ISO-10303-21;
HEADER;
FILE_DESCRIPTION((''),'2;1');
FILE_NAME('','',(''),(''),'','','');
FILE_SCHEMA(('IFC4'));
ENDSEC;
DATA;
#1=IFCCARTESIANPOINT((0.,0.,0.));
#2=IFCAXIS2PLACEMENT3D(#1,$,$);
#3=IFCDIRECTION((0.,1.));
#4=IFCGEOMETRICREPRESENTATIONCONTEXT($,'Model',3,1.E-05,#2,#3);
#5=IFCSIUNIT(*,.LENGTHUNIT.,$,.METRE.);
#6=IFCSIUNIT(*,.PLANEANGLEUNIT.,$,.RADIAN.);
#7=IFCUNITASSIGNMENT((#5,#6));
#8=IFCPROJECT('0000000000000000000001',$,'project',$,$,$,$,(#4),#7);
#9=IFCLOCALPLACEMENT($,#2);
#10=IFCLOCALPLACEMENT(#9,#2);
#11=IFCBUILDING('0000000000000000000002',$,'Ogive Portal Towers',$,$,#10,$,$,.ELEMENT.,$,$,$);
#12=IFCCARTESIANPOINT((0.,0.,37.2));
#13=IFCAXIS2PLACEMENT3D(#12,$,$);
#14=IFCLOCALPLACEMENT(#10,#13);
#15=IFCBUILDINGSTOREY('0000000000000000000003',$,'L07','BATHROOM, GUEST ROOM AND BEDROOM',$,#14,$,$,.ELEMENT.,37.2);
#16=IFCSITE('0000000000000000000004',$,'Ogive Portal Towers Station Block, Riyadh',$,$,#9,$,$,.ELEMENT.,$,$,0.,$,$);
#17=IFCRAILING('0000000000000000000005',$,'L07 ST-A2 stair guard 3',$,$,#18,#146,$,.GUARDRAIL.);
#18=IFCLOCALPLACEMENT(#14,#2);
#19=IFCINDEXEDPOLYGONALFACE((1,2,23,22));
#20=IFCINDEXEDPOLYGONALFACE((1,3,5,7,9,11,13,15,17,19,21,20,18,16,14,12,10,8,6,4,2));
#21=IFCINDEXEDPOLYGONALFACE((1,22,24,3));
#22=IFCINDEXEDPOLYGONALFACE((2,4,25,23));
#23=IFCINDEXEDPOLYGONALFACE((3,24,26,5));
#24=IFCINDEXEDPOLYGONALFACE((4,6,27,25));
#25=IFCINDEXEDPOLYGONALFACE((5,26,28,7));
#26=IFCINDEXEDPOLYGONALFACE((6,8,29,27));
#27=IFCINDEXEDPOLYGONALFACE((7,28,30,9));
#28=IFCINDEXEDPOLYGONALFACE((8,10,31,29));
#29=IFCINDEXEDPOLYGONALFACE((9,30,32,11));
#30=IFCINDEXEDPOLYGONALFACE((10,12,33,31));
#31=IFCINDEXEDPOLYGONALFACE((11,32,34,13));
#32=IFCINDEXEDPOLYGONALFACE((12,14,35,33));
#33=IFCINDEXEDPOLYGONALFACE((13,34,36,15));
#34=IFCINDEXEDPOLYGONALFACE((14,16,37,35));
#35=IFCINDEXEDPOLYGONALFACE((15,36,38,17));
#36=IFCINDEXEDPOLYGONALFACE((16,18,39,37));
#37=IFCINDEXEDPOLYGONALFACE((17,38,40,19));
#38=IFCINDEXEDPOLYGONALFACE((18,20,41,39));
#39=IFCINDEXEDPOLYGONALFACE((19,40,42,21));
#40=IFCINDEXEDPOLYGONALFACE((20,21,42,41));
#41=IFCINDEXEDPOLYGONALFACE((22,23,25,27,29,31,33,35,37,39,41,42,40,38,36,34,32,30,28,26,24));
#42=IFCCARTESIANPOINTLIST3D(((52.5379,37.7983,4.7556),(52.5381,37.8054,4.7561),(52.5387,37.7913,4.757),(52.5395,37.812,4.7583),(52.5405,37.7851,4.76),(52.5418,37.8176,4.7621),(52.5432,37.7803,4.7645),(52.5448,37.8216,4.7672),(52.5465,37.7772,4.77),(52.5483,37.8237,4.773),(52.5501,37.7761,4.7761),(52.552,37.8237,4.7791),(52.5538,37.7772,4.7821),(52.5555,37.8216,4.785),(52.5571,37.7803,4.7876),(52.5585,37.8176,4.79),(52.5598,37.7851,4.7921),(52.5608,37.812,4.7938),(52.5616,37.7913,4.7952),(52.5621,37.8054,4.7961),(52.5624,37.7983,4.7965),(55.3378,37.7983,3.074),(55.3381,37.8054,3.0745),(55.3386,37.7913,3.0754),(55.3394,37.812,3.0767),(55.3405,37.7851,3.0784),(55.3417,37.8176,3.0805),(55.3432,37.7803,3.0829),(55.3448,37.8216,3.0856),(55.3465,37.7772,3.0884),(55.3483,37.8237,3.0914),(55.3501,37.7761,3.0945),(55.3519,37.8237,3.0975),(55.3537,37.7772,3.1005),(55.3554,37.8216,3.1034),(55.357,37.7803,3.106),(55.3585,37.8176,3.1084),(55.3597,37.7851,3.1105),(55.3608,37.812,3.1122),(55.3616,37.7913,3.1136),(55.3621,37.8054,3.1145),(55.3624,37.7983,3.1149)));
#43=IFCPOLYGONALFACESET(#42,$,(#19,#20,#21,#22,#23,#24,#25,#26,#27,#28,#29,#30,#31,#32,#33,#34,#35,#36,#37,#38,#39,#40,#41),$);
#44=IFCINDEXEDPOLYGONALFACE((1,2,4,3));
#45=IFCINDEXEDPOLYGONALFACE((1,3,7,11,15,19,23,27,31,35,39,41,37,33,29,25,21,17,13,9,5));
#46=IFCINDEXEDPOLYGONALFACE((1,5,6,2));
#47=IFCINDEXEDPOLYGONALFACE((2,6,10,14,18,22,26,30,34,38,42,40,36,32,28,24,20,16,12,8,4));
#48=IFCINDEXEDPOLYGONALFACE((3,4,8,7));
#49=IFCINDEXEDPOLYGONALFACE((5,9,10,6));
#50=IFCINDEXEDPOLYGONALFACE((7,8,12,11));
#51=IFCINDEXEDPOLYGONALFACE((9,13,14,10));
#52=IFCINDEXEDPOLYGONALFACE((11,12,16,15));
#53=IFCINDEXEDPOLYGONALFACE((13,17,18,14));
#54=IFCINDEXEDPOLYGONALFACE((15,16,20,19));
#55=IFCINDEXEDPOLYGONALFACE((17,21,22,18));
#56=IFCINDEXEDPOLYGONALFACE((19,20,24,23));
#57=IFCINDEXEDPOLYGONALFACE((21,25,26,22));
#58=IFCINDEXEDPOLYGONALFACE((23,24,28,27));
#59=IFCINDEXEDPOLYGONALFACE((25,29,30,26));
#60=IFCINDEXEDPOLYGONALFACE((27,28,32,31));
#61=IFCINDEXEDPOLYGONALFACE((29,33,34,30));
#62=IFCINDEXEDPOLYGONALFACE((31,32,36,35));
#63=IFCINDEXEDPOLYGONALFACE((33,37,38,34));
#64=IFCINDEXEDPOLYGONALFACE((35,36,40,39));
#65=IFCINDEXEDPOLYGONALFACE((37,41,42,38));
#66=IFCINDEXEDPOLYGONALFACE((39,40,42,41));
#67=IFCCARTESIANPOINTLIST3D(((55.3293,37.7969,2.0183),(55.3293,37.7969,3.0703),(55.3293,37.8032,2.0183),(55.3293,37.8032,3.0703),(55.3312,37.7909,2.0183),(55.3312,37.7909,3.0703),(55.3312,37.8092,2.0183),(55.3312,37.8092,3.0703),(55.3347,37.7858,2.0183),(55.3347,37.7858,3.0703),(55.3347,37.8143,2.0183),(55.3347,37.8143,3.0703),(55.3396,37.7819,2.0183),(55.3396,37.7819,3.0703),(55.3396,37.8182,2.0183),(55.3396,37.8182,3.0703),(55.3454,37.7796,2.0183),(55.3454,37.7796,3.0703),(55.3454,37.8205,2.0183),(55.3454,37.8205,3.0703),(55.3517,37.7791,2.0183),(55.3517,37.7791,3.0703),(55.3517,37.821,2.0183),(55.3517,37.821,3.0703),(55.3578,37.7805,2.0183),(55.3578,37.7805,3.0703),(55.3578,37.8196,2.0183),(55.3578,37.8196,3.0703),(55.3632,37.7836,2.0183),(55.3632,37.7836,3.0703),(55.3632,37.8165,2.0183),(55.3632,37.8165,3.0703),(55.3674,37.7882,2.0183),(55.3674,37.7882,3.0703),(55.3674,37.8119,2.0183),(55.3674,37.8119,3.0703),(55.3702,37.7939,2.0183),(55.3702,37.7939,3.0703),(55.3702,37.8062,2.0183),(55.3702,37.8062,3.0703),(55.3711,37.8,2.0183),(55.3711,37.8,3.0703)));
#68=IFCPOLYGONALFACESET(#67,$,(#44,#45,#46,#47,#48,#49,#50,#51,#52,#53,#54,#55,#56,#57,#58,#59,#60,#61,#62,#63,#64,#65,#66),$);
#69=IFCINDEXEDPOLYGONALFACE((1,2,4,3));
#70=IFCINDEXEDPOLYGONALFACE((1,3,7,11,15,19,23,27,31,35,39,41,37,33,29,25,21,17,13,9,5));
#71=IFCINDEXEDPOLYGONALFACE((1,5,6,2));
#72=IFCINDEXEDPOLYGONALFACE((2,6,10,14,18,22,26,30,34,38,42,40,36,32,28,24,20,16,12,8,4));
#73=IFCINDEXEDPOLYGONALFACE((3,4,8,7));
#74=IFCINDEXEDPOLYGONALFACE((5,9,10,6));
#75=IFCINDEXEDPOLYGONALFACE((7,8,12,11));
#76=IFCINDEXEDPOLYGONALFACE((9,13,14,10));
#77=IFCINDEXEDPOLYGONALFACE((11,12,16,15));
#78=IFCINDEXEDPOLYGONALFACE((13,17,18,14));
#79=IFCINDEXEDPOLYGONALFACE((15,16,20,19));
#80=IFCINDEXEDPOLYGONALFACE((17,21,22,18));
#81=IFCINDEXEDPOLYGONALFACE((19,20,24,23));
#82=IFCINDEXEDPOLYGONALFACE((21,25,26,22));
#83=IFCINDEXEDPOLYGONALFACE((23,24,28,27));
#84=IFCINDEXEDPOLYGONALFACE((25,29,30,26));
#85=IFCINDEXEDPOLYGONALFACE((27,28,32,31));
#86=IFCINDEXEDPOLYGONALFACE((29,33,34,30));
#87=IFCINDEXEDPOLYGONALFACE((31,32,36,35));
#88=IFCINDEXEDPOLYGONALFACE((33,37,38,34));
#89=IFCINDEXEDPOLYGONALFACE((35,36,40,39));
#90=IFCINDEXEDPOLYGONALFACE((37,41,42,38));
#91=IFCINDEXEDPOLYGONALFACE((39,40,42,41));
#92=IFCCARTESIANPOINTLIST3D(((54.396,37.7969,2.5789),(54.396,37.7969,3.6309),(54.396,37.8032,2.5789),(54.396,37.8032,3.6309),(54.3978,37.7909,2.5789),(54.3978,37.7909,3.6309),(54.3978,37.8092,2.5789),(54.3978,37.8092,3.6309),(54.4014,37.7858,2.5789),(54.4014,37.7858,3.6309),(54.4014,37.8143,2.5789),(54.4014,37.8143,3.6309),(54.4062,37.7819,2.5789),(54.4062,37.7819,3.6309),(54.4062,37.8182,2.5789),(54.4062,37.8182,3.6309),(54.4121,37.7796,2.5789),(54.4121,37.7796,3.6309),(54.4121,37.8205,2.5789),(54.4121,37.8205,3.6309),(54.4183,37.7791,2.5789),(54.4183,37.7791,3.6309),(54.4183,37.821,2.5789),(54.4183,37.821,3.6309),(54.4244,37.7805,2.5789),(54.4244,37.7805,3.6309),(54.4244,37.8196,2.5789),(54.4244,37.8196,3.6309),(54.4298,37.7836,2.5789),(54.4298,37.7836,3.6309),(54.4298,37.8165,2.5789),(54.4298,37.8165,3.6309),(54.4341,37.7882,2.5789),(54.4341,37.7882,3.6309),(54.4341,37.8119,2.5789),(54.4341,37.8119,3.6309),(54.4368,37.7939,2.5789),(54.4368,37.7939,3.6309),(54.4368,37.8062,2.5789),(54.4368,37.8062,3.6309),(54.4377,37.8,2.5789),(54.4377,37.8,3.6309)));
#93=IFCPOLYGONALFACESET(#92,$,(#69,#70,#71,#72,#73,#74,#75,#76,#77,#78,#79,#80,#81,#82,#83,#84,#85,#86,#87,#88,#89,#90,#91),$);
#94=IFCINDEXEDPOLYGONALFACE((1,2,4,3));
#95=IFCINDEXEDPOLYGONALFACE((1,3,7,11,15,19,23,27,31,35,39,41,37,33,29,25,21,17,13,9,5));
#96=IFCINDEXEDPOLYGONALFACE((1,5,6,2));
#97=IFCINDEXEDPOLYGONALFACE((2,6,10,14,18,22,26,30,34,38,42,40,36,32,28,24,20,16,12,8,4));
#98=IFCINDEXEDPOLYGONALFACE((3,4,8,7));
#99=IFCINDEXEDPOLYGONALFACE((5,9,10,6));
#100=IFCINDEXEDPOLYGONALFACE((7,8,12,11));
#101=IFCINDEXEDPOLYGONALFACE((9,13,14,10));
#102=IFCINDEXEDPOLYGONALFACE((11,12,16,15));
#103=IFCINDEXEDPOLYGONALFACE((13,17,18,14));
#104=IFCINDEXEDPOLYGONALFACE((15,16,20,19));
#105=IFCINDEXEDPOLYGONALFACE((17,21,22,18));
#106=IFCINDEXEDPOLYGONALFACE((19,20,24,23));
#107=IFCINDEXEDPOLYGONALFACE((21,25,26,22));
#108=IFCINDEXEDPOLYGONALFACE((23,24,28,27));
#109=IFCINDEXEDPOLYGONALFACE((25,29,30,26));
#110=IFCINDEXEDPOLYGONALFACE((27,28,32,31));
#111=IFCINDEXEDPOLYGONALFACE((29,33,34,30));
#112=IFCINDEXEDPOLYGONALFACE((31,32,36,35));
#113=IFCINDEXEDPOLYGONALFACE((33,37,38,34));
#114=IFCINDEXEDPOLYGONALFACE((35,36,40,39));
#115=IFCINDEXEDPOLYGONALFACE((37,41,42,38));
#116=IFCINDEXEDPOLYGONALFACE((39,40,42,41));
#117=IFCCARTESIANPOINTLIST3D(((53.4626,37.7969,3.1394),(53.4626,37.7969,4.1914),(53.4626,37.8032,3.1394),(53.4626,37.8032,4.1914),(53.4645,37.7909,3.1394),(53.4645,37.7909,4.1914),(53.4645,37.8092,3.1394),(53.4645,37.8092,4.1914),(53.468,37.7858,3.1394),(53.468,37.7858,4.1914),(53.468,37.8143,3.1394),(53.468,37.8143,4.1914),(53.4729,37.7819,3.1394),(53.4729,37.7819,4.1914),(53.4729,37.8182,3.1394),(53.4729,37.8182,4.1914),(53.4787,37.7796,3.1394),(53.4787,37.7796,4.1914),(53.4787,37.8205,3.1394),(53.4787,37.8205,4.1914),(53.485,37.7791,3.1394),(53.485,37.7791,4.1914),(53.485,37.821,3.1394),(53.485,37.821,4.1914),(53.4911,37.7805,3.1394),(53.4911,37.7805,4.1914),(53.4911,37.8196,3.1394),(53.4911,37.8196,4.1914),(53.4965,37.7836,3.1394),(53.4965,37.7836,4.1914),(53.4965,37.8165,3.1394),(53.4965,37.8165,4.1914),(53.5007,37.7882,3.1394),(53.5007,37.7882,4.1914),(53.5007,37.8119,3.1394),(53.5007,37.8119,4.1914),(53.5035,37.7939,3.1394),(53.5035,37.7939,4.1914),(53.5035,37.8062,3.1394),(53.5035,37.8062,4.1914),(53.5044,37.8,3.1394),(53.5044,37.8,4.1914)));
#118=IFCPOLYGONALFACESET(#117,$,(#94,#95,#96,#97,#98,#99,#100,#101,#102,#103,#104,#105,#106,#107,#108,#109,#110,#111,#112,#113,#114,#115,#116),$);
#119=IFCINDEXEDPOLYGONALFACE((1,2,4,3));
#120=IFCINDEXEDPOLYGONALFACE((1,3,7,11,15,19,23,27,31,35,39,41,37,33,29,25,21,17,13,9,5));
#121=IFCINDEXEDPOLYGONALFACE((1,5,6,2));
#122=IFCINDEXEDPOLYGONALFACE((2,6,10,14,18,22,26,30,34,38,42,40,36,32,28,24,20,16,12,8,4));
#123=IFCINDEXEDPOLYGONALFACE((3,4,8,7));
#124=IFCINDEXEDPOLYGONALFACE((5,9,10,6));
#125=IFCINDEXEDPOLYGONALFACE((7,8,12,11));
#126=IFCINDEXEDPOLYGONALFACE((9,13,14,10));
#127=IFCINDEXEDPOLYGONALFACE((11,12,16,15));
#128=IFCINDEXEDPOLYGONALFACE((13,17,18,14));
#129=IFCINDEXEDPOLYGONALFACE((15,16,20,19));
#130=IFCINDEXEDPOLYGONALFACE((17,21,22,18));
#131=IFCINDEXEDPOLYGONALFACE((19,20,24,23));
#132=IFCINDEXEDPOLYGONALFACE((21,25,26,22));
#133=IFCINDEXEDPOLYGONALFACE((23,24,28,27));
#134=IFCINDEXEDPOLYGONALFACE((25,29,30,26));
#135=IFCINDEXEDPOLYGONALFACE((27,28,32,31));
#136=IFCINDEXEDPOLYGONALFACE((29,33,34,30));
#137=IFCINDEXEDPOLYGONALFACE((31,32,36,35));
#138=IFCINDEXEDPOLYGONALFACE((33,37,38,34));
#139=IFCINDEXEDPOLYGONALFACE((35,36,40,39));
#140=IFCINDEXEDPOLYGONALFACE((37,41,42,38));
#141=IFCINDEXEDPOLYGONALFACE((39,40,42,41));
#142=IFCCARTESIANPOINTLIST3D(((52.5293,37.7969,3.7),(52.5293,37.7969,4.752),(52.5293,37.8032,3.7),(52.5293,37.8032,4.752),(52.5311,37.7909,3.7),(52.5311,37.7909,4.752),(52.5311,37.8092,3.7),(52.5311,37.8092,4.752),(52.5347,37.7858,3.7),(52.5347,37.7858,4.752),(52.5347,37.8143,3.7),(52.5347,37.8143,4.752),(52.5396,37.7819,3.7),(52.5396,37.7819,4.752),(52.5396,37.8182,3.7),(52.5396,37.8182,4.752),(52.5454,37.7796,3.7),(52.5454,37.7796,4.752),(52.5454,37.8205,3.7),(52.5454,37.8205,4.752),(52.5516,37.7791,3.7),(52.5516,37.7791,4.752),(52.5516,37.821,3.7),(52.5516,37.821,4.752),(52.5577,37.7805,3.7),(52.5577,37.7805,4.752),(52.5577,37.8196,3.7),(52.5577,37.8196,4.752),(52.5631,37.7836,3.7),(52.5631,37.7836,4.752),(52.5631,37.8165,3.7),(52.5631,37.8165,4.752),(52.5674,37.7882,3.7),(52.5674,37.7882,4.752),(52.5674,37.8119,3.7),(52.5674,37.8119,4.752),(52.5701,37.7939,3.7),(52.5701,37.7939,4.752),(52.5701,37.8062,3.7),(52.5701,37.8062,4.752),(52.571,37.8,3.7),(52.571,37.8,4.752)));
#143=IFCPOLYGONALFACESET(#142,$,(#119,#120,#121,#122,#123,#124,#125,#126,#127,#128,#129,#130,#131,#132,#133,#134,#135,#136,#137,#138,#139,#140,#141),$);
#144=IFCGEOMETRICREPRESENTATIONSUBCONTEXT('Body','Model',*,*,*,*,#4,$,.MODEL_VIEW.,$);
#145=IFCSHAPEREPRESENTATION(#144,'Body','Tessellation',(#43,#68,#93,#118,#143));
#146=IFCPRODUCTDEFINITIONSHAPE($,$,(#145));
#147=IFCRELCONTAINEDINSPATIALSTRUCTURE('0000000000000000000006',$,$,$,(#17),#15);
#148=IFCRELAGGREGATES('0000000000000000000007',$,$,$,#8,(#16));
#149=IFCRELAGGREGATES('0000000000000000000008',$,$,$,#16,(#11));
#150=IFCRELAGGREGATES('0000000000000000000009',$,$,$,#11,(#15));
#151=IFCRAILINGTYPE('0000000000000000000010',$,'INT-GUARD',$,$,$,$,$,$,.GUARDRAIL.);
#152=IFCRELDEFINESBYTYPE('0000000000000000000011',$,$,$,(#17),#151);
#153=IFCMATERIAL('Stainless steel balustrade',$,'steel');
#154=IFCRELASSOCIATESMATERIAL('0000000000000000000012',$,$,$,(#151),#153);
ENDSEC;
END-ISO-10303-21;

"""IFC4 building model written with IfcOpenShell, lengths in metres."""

from ifc_helpers import new_model, si_unit, direction, frame, origin, origin_2d, place, context, subcontext, project, spatial, circle, extrude, material, type_object, element, save


model = new_model("IFC4")

# Units and contexts
model_context = context("Model", 3, precision=1e-05, world=origin(), true_north=direction((0.0, 1.0)))
body_context = subcontext(model_context, "Body", "Model", "MODEL_VIEW")
ifc_project = project(units=[si_unit("LENGTHUNIT", "METRE"), si_unit("PLANEANGLEUNIT", "RADIAN")], contexts=[model_context])

# Site, building, storey
site_placement = place(None, origin())
site = spatial("IfcSite", under=ifc_project, at=site_placement, Name="Ogive Portal Towers Station Block, Riyadh", CompositionType="ELEMENT", RefElevation=0.0)
building_placement = place(site_placement, origin())
building = spatial("IfcBuilding", under=site, at=building_placement, Name="Ogive Portal Towers", CompositionType="ELEMENT")
storey_placement = place(building_placement, frame((0.0, 0.0, 37.2)))
storey = spatial("IfcBuildingStorey", under=building, at=storey_placement, Name="L07", Description="BATHROOM, GUEST ROOM AND BEDROOM", CompositionType="ELEMENT", Elevation=37.2)

# Railing
ifc_material_1 = material(Name="Stainless steel balustrade", Category="steel")
railing_type_1 = type_object("IfcRailingType", Name="INT-GUARD", PredefinedType="GUARDRAIL", material=ifc_material_1)
railing_1_placement = place(storey_placement, frame((55.3501, 37.8, 2.0183)))
element("IfcRailing", 1, at=railing_1_placement, inside=storey, type_object=railing_type_1, Name="L07 ST-A2 stair guard 3", PredefinedType="GUARDRAIL", context=body_context, shape_type="SweptSolid", body=[
    extrude(circle(Radius=0.0239, at=origin_2d()), frame((0.0, 0.0, 1.0762), z_axis=(-0.857275, 0.0, 0.514858), x_axis=(0.0, -1.0, 0.0)), (0.0, 0.0, 1.0), 3.2661),
    extrude(circle(Radius=0.021, at=origin_2d()), origin(), (0.0, 0.0, 1.0), 1.052),
    extrude(circle(Radius=0.021, at=origin_2d()), frame((-0.9333, 0.0, 0.5605)), (0.0, 0.0, 1.0), 1.052),
    extrude(circle(Radius=0.021, at=origin_2d()), frame((-1.8667, 0.0, 1.1211)), (0.0, 0.0, 1.0), 1.052),
    extrude(circle(Radius=0.021, at=origin_2d()), frame((-2.8, 0.0, 1.6816)), (0.0, 0.0, 1.0), 1.052),
])

save(model, "model.ifc")
